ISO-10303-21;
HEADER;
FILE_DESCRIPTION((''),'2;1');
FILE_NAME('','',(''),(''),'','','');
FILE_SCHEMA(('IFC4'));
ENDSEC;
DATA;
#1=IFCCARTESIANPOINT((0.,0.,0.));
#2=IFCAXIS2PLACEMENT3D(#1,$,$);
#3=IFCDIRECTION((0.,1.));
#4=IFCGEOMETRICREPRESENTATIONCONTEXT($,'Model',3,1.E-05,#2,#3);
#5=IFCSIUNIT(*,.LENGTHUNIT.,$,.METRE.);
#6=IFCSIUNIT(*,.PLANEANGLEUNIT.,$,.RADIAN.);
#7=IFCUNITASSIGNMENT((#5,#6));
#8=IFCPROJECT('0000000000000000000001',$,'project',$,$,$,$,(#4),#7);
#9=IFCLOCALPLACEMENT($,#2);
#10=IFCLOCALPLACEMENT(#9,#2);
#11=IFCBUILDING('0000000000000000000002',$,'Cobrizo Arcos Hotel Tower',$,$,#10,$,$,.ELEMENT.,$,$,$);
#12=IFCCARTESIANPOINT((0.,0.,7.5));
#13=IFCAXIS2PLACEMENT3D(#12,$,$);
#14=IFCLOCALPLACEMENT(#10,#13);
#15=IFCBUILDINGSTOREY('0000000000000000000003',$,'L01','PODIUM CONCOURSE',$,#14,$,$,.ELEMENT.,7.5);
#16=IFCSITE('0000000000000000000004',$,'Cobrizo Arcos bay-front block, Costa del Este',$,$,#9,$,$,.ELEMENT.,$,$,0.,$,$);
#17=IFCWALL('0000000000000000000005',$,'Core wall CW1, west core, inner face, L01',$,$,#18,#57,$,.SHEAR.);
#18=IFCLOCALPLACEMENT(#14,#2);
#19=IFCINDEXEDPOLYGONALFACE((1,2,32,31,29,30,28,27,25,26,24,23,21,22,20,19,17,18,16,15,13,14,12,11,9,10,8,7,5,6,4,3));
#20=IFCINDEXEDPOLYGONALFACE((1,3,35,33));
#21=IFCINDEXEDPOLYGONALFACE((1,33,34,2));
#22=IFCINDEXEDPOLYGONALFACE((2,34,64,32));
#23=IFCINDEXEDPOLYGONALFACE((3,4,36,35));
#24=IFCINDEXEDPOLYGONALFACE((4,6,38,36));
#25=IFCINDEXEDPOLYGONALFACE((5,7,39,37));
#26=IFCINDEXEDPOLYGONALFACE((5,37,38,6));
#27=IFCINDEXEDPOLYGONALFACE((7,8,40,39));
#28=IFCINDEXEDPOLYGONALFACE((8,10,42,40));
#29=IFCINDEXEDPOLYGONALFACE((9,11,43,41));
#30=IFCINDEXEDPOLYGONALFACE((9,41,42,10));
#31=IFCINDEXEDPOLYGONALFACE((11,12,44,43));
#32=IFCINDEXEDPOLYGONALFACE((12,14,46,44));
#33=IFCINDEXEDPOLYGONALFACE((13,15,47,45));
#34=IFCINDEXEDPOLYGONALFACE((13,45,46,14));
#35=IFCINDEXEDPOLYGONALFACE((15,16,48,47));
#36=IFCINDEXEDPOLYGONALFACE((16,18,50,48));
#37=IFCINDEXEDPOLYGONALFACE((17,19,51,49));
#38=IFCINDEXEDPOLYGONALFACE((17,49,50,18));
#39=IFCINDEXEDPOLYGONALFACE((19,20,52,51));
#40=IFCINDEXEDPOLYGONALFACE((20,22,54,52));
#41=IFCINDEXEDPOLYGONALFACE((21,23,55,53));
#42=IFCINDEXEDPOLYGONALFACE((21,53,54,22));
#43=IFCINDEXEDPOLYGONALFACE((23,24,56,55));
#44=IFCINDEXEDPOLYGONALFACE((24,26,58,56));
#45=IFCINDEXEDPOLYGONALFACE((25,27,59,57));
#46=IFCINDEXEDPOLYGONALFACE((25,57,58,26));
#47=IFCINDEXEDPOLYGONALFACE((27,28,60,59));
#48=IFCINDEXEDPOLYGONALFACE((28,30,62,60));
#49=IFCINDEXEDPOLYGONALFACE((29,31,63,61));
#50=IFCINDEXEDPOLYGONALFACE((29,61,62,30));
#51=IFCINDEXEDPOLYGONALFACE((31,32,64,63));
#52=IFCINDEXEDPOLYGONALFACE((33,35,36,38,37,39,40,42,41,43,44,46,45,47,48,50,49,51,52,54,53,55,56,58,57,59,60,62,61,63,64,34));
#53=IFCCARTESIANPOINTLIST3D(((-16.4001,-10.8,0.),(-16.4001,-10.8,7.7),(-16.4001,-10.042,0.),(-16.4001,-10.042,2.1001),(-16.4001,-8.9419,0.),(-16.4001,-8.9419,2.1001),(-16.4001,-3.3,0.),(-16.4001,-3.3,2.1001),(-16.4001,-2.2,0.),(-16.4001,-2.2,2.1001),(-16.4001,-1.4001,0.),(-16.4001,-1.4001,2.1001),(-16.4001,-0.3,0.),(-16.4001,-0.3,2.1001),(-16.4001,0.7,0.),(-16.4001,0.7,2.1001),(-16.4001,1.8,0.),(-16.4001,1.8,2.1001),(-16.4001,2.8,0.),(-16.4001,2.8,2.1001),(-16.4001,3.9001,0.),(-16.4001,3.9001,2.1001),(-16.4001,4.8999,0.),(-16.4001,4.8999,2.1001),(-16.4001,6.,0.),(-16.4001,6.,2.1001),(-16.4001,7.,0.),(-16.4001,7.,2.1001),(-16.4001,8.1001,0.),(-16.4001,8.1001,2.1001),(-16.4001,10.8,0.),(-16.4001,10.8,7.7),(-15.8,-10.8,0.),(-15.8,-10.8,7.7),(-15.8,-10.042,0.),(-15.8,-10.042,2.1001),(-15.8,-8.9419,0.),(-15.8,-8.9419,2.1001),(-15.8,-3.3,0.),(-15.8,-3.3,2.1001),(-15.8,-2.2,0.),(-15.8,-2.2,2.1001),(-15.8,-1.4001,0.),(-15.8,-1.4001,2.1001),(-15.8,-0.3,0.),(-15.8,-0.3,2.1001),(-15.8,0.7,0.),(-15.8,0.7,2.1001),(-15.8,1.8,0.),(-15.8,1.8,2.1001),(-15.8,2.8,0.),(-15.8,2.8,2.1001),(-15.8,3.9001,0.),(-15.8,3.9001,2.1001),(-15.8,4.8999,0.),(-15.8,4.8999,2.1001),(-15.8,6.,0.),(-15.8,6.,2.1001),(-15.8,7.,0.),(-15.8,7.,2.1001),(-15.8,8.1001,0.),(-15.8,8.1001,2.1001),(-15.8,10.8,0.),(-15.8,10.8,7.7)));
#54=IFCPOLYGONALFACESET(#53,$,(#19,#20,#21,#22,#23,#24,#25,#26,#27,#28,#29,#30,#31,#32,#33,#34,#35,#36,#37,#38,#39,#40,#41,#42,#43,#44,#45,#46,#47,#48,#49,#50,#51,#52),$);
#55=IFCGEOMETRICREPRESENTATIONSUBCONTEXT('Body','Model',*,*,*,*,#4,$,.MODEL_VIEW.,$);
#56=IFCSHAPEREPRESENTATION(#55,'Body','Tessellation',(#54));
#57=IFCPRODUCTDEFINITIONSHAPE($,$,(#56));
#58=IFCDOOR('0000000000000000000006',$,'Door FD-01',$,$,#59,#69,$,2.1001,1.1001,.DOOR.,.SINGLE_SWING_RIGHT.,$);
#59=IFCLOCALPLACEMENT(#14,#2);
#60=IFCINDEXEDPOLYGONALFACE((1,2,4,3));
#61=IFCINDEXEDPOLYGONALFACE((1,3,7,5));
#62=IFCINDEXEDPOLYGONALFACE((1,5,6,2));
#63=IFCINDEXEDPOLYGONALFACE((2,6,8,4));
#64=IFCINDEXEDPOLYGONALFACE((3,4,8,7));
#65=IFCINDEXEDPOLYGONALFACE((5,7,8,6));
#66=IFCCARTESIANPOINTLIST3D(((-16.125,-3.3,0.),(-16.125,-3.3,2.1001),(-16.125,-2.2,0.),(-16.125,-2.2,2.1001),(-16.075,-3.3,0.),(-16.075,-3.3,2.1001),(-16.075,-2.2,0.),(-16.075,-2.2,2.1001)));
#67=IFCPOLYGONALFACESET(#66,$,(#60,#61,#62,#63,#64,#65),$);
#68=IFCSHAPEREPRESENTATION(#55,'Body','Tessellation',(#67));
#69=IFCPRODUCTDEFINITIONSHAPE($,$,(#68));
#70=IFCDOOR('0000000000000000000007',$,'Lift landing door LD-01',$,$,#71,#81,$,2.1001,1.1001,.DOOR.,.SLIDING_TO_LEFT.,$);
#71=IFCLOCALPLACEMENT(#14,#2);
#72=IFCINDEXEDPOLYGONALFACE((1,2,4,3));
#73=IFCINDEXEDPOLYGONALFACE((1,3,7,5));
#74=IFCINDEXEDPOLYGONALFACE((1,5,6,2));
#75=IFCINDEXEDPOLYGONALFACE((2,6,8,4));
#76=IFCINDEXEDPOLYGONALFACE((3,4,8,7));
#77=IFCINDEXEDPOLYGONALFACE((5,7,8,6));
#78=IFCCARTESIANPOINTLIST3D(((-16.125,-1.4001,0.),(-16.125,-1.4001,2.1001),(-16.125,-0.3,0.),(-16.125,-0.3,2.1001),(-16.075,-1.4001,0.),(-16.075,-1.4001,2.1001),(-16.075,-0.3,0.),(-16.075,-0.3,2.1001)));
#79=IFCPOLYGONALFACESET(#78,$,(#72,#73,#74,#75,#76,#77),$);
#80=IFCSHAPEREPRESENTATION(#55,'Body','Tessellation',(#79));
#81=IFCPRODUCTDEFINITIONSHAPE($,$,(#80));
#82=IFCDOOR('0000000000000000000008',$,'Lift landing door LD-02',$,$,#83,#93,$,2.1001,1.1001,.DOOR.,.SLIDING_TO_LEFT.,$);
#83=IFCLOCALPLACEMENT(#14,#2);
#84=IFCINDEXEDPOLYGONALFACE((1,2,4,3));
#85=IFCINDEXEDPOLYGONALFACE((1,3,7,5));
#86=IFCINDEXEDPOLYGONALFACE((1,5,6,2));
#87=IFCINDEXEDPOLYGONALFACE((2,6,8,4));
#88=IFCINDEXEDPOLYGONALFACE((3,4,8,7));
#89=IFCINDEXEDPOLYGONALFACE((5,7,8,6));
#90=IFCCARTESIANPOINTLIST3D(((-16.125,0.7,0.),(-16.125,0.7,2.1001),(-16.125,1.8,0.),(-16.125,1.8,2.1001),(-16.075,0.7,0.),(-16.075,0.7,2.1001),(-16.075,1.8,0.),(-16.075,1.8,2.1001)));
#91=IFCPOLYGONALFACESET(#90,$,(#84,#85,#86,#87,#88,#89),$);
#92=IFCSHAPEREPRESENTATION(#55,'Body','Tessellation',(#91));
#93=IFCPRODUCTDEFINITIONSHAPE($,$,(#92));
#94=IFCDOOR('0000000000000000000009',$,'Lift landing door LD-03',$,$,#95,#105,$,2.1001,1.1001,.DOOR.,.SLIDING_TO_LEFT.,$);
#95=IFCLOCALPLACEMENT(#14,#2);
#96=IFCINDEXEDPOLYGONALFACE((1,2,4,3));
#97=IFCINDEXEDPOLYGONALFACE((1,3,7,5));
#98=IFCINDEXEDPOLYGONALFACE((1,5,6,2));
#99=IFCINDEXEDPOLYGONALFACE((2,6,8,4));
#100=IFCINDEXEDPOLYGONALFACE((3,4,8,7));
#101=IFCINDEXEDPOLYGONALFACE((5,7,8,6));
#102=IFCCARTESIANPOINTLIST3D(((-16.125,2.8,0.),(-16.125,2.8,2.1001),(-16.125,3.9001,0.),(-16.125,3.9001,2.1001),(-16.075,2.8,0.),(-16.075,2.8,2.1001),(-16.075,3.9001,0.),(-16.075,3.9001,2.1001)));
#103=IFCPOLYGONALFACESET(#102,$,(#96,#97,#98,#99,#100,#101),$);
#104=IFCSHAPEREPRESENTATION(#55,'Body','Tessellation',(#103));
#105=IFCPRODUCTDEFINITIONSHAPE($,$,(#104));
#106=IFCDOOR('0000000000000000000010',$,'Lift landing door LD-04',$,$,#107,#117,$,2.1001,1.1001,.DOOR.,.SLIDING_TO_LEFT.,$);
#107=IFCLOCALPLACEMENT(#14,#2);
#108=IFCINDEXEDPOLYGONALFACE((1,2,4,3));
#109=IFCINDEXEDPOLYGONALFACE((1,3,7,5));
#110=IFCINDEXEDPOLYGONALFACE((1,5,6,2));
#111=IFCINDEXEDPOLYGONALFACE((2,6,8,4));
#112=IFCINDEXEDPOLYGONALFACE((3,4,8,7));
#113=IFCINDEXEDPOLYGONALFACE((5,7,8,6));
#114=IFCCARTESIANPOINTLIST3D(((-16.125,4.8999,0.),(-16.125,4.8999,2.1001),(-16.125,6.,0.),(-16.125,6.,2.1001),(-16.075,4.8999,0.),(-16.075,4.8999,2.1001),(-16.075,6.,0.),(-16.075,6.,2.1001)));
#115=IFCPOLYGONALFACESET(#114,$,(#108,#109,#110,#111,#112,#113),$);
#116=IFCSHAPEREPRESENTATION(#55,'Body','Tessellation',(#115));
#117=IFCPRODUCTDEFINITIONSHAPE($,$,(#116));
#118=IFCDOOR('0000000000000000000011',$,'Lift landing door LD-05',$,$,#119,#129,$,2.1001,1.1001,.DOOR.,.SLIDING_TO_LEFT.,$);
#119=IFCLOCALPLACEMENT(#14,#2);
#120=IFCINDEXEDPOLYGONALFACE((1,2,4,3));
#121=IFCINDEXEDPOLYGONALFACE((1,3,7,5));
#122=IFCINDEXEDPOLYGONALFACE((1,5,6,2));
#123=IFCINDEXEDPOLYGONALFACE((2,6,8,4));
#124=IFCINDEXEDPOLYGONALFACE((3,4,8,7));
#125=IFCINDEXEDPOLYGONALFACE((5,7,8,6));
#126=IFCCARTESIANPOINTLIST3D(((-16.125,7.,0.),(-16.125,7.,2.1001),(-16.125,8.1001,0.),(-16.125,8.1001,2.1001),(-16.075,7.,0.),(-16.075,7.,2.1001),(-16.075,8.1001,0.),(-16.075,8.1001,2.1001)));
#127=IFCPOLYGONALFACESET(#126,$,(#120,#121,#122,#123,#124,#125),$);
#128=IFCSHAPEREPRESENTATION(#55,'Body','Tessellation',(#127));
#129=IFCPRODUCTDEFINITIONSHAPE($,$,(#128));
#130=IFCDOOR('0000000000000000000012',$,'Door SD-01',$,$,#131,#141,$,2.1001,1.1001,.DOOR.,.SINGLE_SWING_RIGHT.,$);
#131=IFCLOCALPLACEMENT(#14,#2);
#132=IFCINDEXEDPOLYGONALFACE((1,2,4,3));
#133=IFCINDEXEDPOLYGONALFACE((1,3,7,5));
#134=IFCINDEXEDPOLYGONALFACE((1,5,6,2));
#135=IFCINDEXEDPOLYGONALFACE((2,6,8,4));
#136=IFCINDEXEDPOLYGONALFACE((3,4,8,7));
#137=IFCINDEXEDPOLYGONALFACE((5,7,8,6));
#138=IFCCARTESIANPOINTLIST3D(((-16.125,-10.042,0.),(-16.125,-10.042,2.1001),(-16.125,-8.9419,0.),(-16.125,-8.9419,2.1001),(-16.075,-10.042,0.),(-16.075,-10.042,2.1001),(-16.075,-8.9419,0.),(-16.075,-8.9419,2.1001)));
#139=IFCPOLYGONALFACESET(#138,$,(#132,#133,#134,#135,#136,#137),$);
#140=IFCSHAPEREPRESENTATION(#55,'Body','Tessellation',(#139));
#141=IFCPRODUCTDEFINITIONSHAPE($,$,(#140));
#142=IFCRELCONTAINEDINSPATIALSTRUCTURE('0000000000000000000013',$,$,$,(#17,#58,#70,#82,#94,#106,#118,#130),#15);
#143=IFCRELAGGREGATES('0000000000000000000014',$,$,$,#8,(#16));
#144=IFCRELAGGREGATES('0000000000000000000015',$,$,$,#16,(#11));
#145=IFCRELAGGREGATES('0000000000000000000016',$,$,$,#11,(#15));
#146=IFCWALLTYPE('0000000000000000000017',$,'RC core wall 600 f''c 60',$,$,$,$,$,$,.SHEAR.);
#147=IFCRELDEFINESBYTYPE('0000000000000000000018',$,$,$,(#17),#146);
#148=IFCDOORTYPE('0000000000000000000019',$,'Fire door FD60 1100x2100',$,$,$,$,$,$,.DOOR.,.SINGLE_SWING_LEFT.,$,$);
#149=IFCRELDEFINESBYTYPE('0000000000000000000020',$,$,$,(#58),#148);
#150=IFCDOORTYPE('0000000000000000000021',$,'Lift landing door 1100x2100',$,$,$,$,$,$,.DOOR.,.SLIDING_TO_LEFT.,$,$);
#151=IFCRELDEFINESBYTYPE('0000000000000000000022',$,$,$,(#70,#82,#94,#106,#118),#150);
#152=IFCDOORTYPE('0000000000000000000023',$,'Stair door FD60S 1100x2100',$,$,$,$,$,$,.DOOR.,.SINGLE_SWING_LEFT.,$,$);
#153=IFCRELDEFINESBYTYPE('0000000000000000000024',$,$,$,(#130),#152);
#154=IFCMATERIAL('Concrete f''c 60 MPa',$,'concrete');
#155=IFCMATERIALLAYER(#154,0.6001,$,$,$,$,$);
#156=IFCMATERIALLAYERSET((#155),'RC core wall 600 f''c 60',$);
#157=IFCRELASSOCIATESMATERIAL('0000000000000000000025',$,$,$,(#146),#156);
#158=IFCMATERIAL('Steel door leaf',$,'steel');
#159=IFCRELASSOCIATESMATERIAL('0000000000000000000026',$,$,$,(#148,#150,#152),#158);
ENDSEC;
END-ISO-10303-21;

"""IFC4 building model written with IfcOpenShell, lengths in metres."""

from ifc_helpers import new_model, si_unit, direction, frame, frame_2d, origin, place, context, subcontext, project, spatial, rectangle, extrude, material, layer, layer_set, type_object, element, fill, save


model = new_model("IFC4")

# Units and contexts
model_context = context("Model", 3, precision=1e-05, world=origin(), true_north=direction((0.0, 1.0)))
body_context = subcontext(model_context, "Body", "Model", "MODEL_VIEW")
ifc_project = project(units=[si_unit("LENGTHUNIT", "METRE"), si_unit("PLANEANGLEUNIT", "RADIAN")], contexts=[model_context])

# Site, building, storey
site_placement = place(None, origin())
site = spatial("IfcSite", under=ifc_project, at=site_placement, Name="Cobrizo Arcos bay-front block, Costa del Este", CompositionType="ELEMENT", RefElevation=0.0)
building_placement = place(site_placement, origin())
building = spatial("IfcBuilding", under=site, at=building_placement, Name="Cobrizo Arcos Hotel Tower", CompositionType="ELEMENT")
storey_placement = place(building_placement, frame((0.0, 0.0, 7.5)))
storey = spatial("IfcBuildingStorey", under=building, at=storey_placement, Name="L01", Description="PODIUM CONCOURSE", CompositionType="ELEMENT", Elevation=7.5)

# Wall, openings, doors
ifc_material_1 = material(Name="Concrete f'c 60 MPa", Category="concrete")
ifc_layer_1 = layer(ifc_material_1, 0.6001)
ifc_layer_set_1 = layer_set([ifc_layer_1], Name="RC core wall 600 f'c 60")
wall_type_1 = type_object("IfcWallType", Name="RC core wall 600 f'c 60", PredefinedType="SHEAR", material=ifc_layer_set_1)
wall_1_placement = place(storey_placement, frame((-16.1001, -10.8, 0.0), z_axis=(0.0, 0.0, 1.0), x_axis=(0.0, 1.0, 0.0)))
wall_1 = element("IfcWall", 1, at=wall_1_placement, inside=storey, type_object=wall_type_1, Name="Core wall CW1, west core, inner face, L01", PredefinedType="SHEAR", context=body_context, shape_type="SweptSolid", body=[
    extrude(rectangle(XDim=21.6001, YDim=0.6001, at=frame_2d((10.8, 0.0))), origin(), (0.0, 0.0, 1.0), 7.7),
])
opening_1_placement = place(wall_1_placement, frame((9.3999, 0.0, 0.0)))
opening_1 = element("IfcOpeningElement", 2, at=opening_1_placement, cuts=wall_1, PredefinedType="OPENING", context=body_context, shape_type="SweptSolid", body=[
    extrude(rectangle(XDim=1.1001, YDim=2.1001, at=frame_2d((0.55, 1.05))), frame((0.0, 0.312, 0.0), z_axis=(0.0, -1.0, 0.0), x_axis=(1.0, 0.0, 0.0)), (0.0, 0.0, 1.0), 0.624),
])
opening_2_placement = place(wall_1_placement, frame((11.5, 0.0, 0.0)))
opening_2 = element("IfcOpeningElement", 3, at=opening_2_placement, cuts=wall_1, PredefinedType="OPENING", context=body_context, shape_type="SweptSolid", body=[
    extrude(rectangle(XDim=1.1001, YDim=2.1001, at=frame_2d((0.55, 1.05))), frame((0.0, 0.312, 0.0), z_axis=(0.0, -1.0, 0.0), x_axis=(1.0, 0.0, 0.0)), (0.0, 0.0, 1.0), 0.624),
])
opening_3_placement = place(wall_1_placement, frame((13.6001, 0.0, 0.0)))
opening_3 = element("IfcOpeningElement", 4, at=opening_3_placement, cuts=wall_1, PredefinedType="OPENING", context=body_context, shape_type="SweptSolid", body=[
    extrude(rectangle(XDim=1.1001, YDim=2.1001, at=frame_2d((0.55, 1.05))), frame((0.0, 0.312, 0.0), z_axis=(0.0, -1.0, 0.0), x_axis=(1.0, 0.0, 0.0)), (0.0, 0.0, 1.0), 0.624),
])
opening_4_placement = place(wall_1_placement, frame((15.7, 0.0, 0.0)))
opening_4 = element("IfcOpeningElement", 5, at=opening_4_placement, cuts=wall_1, PredefinedType="OPENING", context=body_context, shape_type="SweptSolid", body=[
    extrude(rectangle(XDim=1.1001, YDim=2.1001, at=frame_2d((0.55, 1.05))), frame((0.0, 0.312, 0.0), z_axis=(0.0, -1.0, 0.0), x_axis=(1.0, 0.0, 0.0)), (0.0, 0.0, 1.0), 0.624),
])
opening_5_placement = place(wall_1_placement, frame((17.8, 0.0, 0.0)))
opening_5 = element("IfcOpeningElement", 6, at=opening_5_placement, cuts=wall_1, PredefinedType="OPENING", context=body_context, shape_type="SweptSolid", body=[
    extrude(rectangle(XDim=1.1001, YDim=2.1001, at=frame_2d((0.55, 1.05))), frame((0.0, 0.312, 0.0), z_axis=(0.0, -1.0, 0.0), x_axis=(1.0, 0.0, 0.0)), (0.0, 0.0, 1.0), 0.624),
])
opening_6_placement = place(wall_1_placement, frame((0.7581, 0.0, 0.0)))
opening_6 = element("IfcOpeningElement", 7, at=opening_6_placement, cuts=wall_1, PredefinedType="OPENING", context=body_context, shape_type="SweptSolid", body=[
    extrude(rectangle(XDim=1.1001, YDim=2.1001, at=frame_2d((0.55, 1.05))), frame((0.0, 0.312, 0.0), z_axis=(0.0, -1.0, 0.0), x_axis=(1.0, 0.0, 0.0)), (0.0, 0.0, 1.0), 0.624),
])
opening_7_placement = place(wall_1_placement, frame((7.5, 0.0, 0.0)))
opening_7 = element("IfcOpeningElement", 8, at=opening_7_placement, cuts=wall_1, PredefinedType="OPENING", context=body_context, shape_type="SweptSolid", body=[
    extrude(rectangle(XDim=1.1001, YDim=2.1001, at=frame_2d((0.55, 1.05))), frame((0.0, 0.312, 0.0), z_axis=(0.0, -1.0, 0.0), x_axis=(1.0, 0.0, 0.0)), (0.0, 0.0, 1.0), 0.624),
])
ifc_material_2 = material(Name="Steel door leaf", Category="steel")
door_type_1 = type_object("IfcDoorType", Name="Fire door FD60 1100x2100", OperationType="SINGLE_SWING_LEFT", PredefinedType="DOOR", material=ifc_material_2)
door_1_placement = place(opening_7_placement, origin())
door_1 = element("IfcDoor", 9, at=door_1_placement, inside=storey, type_object=door_type_1, Name="Door FD-01", OperationType="SINGLE_SWING_RIGHT", OverallHeight=2.1001, OverallWidth=1.1001, PredefinedType="DOOR", context=body_context, shape_type="SweptSolid", body=[
    extrude(rectangle(XDim=1.1001, YDim=2.1001, at=frame_2d((0.55, 1.05))), frame((0.0, 0.0249, 0.0), z_axis=(0.0, -1.0, 0.0), x_axis=(1.0, 0.0, 0.0)), (0.0, 0.0, 1.0), 0.05),
])
fill(opening_7, door_1)
door_type_2 = type_object("IfcDoorType", Name="Lift landing door 1100x2100", OperationType="SLIDING_TO_LEFT", PredefinedType="DOOR", material=ifc_material_2)
door_2_placement = place(opening_1_placement, origin())
door_2 = element("IfcDoor", 10, at=door_2_placement, inside=storey, type_object=door_type_2, Name="Lift landing door LD-01", OperationType="SLIDING_TO_LEFT", OverallHeight=2.1001, OverallWidth=1.1001, PredefinedType="DOOR", context=body_context, shape_type="SweptSolid", body=[
    extrude(rectangle(XDim=1.1001, YDim=2.1001, at=frame_2d((0.55, 1.05))), frame((0.0, 0.0249, 0.0), z_axis=(0.0, -1.0, 0.0), x_axis=(1.0, 0.0, 0.0)), (0.0, 0.0, 1.0), 0.05),
])
fill(opening_1, door_2)
door_3_placement = place(opening_2_placement, origin())
door_3 = element("IfcDoor", 11, at=door_3_placement, inside=storey, type_object=door_type_2, Name="Lift landing door LD-02", OperationType="SLIDING_TO_LEFT", OverallHeight=2.1001, OverallWidth=1.1001, PredefinedType="DOOR", context=body_context, shape_type="SweptSolid", body=[
    extrude(rectangle(XDim=1.1001, YDim=2.1001, at=frame_2d((0.55, 1.05))), frame((0.0, 0.0249, 0.0), z_axis=(0.0, -1.0, 0.0), x_axis=(1.0, 0.0, 0.0)), (0.0, 0.0, 1.0), 0.05),
])
fill(opening_2, door_3)
door_4_placement = place(opening_3_placement, origin())
door_4 = element("IfcDoor", 12, at=door_4_placement, inside=storey, type_object=door_type_2, Name="Lift landing door LD-03", OperationType="SLIDING_TO_LEFT", OverallHeight=2.1001, OverallWidth=1.1001, PredefinedType="DOOR", context=body_context, shape_type="SweptSolid", body=[
    extrude(rectangle(XDim=1.1001, YDim=2.1001, at=frame_2d((0.55, 1.05))), frame((0.0, 0.0249, 0.0), z_axis=(0.0, -1.0, 0.0), x_axis=(1.0, 0.0, 0.0)), (0.0, 0.0, 1.0), 0.05),
])
fill(opening_3, door_4)
door_5_placement = place(opening_4_placement, origin())
door_5 = element("IfcDoor", 13, at=door_5_placement, inside=storey, type_object=door_type_2, Name="Lift landing door LD-04", OperationType="SLIDING_TO_LEFT", OverallHeight=2.1001, OverallWidth=1.1001, PredefinedType="DOOR", context=body_context, shape_type="SweptSolid", body=[
    extrude(rectangle(XDim=1.1001, YDim=2.1001, at=frame_2d((0.55, 1.05))), frame((0.0, 0.0249, 0.0), z_axis=(0.0, -1.0, 0.0), x_axis=(1.0, 0.0, 0.0)), (0.0, 0.0, 1.0), 0.05),
])
fill(opening_4, door_5)
door_6_placement = place(opening_5_placement, origin())
door_6 = element("IfcDoor", 14, at=door_6_placement, inside=storey, type_object=door_type_2, Name="Lift landing door LD-05", OperationType="SLIDING_TO_LEFT", OverallHeight=2.1001, OverallWidth=1.1001, PredefinedType="DOOR", context=body_context, shape_type="SweptSolid", body=[
    extrude(rectangle(XDim=1.1001, YDim=2.1001, at=frame_2d((0.55, 1.05))), frame((0.0, 0.0249, 0.0), z_axis=(0.0, -1.0, 0.0), x_axis=(1.0, 0.0, 0.0)), (0.0, 0.0, 1.0), 0.05),
])
fill(opening_5, door_6)
door_type_3 = type_object("IfcDoorType", Name="Stair door FD60S 1100x2100", OperationType="SINGLE_SWING_LEFT", PredefinedType="DOOR", material=ifc_material_2)
door_7_placement = place(opening_6_placement, origin())
door_7 = element("IfcDoor", 15, at=door_7_placement, inside=storey, type_object=door_type_3, Name="Door SD-01", OperationType="SINGLE_SWING_RIGHT", OverallHeight=2.1001, OverallWidth=1.1001, PredefinedType="DOOR", context=body_context, shape_type="SweptSolid", body=[
    extrude(rectangle(XDim=1.1001, YDim=2.1001, at=frame_2d((0.55, 1.05))), frame((0.0, 0.0249, 0.0), z_axis=(0.0, -1.0, 0.0), x_axis=(1.0, 0.0, 0.0)), (0.0, 0.0, 1.0), 0.05),
])
fill(opening_6, door_7)

save(model, "model.ifc")
